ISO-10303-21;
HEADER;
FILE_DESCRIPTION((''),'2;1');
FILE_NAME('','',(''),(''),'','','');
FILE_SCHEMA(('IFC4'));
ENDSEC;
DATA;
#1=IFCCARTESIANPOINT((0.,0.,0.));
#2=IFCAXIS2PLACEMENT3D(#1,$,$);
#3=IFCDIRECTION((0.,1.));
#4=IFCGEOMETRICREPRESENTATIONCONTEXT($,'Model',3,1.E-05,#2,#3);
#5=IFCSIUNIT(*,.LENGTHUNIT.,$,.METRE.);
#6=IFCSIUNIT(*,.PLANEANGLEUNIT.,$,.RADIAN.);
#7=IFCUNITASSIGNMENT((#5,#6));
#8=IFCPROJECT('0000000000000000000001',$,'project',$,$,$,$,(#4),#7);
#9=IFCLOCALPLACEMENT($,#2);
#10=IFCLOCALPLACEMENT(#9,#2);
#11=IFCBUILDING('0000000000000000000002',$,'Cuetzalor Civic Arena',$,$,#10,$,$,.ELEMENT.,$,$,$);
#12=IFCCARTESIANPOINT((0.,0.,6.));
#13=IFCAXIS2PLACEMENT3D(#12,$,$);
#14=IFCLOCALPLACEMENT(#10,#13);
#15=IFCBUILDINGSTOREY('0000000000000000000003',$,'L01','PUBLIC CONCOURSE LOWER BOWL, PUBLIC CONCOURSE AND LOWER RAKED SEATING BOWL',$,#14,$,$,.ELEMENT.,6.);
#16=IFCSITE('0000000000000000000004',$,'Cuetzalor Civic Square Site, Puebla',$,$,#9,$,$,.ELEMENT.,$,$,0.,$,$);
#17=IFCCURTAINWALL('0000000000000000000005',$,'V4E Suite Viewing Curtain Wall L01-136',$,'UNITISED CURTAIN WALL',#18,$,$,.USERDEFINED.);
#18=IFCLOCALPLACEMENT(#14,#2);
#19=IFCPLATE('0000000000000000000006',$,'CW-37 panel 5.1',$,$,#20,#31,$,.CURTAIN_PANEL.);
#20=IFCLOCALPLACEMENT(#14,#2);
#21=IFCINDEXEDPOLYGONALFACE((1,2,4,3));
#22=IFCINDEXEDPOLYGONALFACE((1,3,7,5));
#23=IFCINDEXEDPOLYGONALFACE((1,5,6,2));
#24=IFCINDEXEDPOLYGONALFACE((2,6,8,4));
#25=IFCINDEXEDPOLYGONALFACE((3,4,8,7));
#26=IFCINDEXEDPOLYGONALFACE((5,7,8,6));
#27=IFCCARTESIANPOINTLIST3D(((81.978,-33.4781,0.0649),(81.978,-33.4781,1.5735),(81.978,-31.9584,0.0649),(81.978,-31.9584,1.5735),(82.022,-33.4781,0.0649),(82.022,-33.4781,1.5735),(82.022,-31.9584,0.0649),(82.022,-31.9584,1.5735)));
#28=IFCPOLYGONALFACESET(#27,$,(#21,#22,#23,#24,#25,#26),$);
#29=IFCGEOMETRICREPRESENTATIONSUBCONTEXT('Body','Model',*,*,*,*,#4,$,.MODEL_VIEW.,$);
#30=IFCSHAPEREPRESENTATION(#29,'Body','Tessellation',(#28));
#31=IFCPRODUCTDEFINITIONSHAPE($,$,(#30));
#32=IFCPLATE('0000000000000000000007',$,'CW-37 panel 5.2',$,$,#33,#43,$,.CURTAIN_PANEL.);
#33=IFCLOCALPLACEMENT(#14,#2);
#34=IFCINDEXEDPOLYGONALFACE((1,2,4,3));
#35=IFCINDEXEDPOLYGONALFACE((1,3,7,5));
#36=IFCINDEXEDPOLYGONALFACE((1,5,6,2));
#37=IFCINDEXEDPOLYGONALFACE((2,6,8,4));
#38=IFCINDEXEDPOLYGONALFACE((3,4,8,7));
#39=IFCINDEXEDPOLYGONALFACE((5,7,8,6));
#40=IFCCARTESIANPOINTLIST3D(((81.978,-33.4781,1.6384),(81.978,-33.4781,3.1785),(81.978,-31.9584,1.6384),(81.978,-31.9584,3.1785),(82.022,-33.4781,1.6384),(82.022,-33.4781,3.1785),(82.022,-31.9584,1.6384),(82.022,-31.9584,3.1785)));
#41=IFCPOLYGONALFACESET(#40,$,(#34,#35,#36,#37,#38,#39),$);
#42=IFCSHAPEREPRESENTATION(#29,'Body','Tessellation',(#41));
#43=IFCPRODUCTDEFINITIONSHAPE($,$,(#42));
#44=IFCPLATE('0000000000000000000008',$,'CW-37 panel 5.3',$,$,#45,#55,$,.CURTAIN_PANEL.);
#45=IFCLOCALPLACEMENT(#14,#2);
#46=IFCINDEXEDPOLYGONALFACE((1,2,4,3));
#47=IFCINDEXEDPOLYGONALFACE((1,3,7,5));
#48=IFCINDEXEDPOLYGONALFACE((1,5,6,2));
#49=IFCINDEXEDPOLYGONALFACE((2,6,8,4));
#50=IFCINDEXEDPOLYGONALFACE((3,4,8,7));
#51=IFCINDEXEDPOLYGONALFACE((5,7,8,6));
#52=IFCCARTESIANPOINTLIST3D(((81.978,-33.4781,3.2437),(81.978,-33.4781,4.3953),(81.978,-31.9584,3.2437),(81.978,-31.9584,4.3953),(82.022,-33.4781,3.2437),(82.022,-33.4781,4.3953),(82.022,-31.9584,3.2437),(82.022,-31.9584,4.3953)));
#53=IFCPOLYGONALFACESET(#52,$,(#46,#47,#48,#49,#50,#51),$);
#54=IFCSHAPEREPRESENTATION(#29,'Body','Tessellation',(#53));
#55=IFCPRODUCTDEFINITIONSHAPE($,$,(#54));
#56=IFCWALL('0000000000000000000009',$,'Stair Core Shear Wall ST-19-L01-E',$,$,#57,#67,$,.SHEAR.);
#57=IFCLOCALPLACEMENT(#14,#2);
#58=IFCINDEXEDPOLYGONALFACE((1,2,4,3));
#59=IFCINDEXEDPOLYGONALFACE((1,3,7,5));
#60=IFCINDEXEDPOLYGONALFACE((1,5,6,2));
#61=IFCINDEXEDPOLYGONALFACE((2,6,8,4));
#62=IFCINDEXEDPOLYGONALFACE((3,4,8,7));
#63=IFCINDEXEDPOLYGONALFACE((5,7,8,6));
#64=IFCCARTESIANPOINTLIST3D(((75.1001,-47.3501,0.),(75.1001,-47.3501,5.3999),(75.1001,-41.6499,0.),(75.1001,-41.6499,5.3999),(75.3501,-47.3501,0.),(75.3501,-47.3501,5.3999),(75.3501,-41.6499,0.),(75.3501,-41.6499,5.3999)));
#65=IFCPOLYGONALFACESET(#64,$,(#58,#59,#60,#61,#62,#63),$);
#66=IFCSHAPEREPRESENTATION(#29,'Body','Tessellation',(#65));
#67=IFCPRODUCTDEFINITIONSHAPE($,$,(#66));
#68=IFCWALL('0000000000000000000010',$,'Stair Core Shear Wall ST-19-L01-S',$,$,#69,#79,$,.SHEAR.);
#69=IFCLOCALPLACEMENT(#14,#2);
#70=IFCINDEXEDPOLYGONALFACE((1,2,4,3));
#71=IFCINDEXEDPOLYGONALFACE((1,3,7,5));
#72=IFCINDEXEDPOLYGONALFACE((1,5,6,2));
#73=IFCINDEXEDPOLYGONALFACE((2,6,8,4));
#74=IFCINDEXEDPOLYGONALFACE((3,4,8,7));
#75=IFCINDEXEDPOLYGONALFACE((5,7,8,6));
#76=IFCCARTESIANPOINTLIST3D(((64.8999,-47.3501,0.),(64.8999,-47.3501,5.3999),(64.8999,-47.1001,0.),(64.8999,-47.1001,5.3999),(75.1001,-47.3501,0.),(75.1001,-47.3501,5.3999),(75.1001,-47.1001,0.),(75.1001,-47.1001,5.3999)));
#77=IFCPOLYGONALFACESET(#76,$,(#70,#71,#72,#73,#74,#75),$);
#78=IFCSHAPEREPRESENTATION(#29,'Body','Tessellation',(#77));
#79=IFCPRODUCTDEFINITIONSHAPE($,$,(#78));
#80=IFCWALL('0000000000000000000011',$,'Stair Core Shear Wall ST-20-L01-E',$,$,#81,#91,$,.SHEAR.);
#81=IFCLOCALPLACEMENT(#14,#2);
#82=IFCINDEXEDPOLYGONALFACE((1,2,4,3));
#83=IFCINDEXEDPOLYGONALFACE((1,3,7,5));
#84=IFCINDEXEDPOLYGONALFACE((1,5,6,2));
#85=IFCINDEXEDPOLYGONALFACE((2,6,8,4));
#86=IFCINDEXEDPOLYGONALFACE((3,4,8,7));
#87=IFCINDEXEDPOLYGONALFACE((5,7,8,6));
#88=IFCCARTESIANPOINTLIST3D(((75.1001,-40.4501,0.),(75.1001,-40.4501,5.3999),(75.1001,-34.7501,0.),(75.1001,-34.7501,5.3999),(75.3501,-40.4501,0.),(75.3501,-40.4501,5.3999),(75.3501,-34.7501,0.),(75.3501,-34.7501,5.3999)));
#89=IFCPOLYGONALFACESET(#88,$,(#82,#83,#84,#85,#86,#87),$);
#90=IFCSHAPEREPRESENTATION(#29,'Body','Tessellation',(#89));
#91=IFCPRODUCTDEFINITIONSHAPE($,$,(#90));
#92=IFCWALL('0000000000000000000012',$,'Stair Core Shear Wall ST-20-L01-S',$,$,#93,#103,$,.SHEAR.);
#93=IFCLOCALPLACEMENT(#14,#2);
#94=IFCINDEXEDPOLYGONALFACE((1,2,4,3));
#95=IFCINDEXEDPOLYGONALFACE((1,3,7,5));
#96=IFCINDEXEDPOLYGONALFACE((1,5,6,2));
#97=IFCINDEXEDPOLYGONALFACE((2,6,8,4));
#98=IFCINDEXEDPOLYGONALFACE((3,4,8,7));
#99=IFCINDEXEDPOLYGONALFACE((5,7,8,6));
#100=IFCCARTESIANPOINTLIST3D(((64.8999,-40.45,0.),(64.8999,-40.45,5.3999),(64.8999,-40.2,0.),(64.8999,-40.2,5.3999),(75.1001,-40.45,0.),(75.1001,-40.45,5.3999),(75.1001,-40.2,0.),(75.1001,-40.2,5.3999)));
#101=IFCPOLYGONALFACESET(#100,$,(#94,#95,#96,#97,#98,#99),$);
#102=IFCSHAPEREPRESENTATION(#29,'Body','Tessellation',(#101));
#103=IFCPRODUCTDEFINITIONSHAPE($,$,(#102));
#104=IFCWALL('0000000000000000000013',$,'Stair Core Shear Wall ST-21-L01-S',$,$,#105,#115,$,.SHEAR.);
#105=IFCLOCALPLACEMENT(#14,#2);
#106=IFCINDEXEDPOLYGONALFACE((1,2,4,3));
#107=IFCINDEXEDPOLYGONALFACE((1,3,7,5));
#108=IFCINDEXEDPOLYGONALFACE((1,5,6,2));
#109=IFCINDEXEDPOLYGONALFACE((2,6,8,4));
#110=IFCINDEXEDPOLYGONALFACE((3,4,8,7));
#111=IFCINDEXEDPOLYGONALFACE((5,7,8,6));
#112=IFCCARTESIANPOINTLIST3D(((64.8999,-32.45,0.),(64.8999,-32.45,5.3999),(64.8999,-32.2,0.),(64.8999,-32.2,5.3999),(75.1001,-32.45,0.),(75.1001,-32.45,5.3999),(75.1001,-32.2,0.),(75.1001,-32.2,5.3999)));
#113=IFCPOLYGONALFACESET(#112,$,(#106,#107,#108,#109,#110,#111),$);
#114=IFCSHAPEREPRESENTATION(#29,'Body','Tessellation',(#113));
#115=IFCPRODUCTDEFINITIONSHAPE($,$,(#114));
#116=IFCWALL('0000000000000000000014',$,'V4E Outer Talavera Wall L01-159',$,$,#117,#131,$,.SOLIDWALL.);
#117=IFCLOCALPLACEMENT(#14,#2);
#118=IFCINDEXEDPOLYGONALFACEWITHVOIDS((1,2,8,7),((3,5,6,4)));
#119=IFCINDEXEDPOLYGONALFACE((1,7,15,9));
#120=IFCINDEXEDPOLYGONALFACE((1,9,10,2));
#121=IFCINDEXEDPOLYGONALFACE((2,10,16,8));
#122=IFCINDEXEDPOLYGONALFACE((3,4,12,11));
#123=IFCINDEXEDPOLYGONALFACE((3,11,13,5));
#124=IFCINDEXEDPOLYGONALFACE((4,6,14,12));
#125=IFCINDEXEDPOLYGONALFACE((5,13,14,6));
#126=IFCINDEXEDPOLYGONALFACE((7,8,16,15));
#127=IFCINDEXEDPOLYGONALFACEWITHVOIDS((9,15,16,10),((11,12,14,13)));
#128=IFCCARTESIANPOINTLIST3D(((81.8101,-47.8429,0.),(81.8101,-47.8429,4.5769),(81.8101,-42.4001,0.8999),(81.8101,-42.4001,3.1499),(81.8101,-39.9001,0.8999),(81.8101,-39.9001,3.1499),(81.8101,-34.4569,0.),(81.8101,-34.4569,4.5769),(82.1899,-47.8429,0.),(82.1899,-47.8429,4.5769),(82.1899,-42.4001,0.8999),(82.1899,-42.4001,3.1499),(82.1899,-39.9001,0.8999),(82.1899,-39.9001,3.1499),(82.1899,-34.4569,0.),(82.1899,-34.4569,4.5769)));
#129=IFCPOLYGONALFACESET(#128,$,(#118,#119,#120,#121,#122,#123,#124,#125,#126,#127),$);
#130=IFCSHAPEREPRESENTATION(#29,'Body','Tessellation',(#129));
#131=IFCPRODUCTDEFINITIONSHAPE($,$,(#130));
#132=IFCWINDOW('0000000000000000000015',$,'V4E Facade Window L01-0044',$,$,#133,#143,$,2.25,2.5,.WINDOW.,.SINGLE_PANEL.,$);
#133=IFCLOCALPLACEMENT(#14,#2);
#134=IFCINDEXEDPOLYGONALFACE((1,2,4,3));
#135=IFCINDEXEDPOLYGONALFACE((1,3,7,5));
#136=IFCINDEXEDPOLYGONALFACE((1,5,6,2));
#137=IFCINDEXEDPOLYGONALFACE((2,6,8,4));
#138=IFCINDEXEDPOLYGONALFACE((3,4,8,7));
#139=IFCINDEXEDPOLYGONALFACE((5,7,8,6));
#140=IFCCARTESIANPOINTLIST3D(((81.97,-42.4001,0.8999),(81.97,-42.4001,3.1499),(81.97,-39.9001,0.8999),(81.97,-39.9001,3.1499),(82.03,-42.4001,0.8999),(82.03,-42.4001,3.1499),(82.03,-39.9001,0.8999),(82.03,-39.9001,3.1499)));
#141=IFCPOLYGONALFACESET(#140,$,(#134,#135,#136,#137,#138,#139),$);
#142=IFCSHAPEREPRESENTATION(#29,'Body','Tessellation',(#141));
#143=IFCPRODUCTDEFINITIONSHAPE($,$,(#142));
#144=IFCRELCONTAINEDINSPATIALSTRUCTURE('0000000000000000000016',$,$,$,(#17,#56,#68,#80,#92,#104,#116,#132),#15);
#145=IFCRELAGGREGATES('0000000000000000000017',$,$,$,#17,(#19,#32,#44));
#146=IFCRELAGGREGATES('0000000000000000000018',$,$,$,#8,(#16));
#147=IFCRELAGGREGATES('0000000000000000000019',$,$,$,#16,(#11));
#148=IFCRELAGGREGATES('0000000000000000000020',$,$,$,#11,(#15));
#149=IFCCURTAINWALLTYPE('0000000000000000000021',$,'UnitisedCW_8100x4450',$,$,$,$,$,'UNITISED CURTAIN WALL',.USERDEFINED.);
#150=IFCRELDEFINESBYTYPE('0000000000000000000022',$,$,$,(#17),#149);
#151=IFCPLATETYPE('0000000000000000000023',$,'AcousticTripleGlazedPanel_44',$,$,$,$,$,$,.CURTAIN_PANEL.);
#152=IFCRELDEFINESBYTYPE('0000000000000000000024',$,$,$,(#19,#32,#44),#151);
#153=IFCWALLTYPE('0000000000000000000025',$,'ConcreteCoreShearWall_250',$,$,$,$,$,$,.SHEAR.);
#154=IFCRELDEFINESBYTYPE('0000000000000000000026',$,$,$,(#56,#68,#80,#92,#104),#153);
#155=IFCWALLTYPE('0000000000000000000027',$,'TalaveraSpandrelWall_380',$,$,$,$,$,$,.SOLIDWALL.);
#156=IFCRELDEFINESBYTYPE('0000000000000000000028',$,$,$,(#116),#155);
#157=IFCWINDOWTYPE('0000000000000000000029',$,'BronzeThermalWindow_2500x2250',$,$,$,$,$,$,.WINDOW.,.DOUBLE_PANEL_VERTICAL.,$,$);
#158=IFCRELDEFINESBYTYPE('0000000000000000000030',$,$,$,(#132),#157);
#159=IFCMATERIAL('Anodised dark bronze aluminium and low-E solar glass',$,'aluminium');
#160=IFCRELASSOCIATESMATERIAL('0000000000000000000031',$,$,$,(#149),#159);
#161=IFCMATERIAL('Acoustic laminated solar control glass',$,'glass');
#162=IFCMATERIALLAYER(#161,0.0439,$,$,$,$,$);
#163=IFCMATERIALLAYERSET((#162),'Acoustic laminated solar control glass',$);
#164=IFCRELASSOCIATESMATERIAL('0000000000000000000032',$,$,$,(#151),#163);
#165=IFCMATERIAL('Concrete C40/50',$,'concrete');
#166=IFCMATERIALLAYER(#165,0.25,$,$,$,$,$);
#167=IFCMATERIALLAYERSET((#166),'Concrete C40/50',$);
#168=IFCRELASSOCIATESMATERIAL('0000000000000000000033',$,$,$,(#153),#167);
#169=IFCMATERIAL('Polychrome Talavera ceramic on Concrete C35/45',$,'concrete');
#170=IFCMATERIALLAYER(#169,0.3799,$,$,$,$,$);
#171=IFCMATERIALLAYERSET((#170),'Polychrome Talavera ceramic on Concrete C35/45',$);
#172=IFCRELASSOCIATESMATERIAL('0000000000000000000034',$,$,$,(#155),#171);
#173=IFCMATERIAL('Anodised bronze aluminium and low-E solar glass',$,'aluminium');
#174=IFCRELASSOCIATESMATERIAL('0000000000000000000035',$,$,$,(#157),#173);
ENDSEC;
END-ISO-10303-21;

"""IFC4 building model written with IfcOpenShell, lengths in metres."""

from ifc_helpers import new_model, si_unit, direction, frame, frame_2d, origin, origin_2d, place, context, subcontext, project, spatial, rectangle, extrude, material, layer, layer_set, type_object, element, fill, aggregate, save


model = new_model("IFC4")

# Units and contexts
model_context = context("Model", 3, precision=1e-05, world=origin(), true_north=direction((0.0, 1.0)))
body_context = subcontext(model_context, "Body", "Model", "MODEL_VIEW")
ifc_project = project(units=[si_unit("LENGTHUNIT", "METRE"), si_unit("PLANEANGLEUNIT", "RADIAN")], contexts=[model_context])

# Site, building, storey
site_placement = place(None, origin())
site = spatial("IfcSite", under=ifc_project, at=site_placement, Name="Cuetzalor Civic Square Site, Puebla", CompositionType="ELEMENT", RefElevation=0.0)
building_placement = place(site_placement, origin())
building = spatial("IfcBuilding", under=site, at=building_placement, Name="Cuetzalor Civic Arena", CompositionType="ELEMENT")
storey_placement = place(building_placement, frame((0.0, 0.0, 6.0)))
storey = spatial("IfcBuildingStorey", under=building, at=storey_placement, Name="L01", Description="PUBLIC CONCOURSE LOWER BOWL, PUBLIC CONCOURSE AND LOWER RAKED SEATING BOWL", CompositionType="ELEMENT", Elevation=6.0)

# Curtain wall
ifc_material_1 = material(Name="Anodised dark bronze aluminium and low-E solar glass", Category="aluminium")
curtain_wall_type = type_object("IfcCurtainWallType", Name="UnitisedCW_8100x4450", ElementType="UNITISED CURTAIN WALL", PredefinedType="USERDEFINED", material=ifc_material_1)
curtain_wall_placement = place(storey_placement, origin())
curtain_wall = element("IfcCurtainWall", 1, at=curtain_wall_placement, inside=storey, type_object=curtain_wall_type, Name="V4E Suite Viewing Curtain Wall L01-136", ObjectType="UNITISED CURTAIN WALL", PredefinedType="USERDEFINED")

# Plates
ifc_material_2 = material(Name="Acoustic laminated solar control glass", Category="glass")
ifc_layer_1 = layer(ifc_material_2, 0.0439)
ifc_layer_set_1 = layer_set([ifc_layer_1], Name="Acoustic laminated solar control glass")
plate_type = type_object("IfcPlateType", Name="AcousticTripleGlazedPanel_44", PredefinedType="CURTAIN_PANEL", material=ifc_layer_set_1)
plate_1_placement = place(storey_placement, frame((82.0, -32.7183, 0.0649), z_axis=(0.0, 0.0, 1.0), x_axis=(0.0, -1.0, 0.0)))
plate_1 = element("IfcPlate", 2, at=plate_1_placement, type_object=plate_type, Name="CW-37 panel 5.1", PredefinedType="CURTAIN_PANEL", context=body_context, shape_type="SweptSolid", body=[
    extrude(rectangle(XDim=1.5198, YDim=0.0439, at=origin_2d()), origin(), (0.0, 0.0, 1.0), 1.5085),
])
plate_2_placement = place(storey_placement, frame((82.0, -32.7183, 1.6384), z_axis=(0.0, 0.0, 1.0), x_axis=(0.0, -1.0, 0.0)))
plate_2 = element("IfcPlate", 3, at=plate_2_placement, type_object=plate_type, Name="CW-37 panel 5.2", PredefinedType="CURTAIN_PANEL", context=body_context, shape_type="SweptSolid", body=[
    extrude(rectangle(XDim=1.5198, YDim=0.0439, at=origin_2d()), origin(), (0.0, 0.0, 1.0), 1.54),
])
plate_3_placement = place(storey_placement, frame((82.0, -32.7183, 3.2437), z_axis=(0.0, 0.0, 1.0), x_axis=(0.0, -1.0, 0.0)))
plate_3 = element("IfcPlate", 4, at=plate_3_placement, type_object=plate_type, Name="CW-37 panel 5.3", PredefinedType="CURTAIN_PANEL", context=body_context, shape_type="SweptSolid", body=[
    extrude(rectangle(XDim=1.5198, YDim=0.0439, at=origin_2d()), origin(), (0.0, 0.0, 1.0), 1.1516),
])
aggregate(curtain_wall, [plate_1, plate_2, plate_3])

# Walls
ifc_material_3 = material(Name="Concrete C40/50", Category="concrete")
ifc_layer_2 = layer(ifc_material_3, 0.25)
ifc_layer_set_2 = layer_set([ifc_layer_2], Name="Concrete C40/50")
wall_type_1 = type_object("IfcWallType", Name="ConcreteCoreShearWall_250", PredefinedType="SHEAR", material=ifc_layer_set_2)
wall_1_placement = place(storey_placement, frame((75.2251, -41.6499, 0.0), z_axis=(0.0, 0.0, 1.0), x_axis=(0.0, -1.0, 0.0)))
element("IfcWall", 5, at=wall_1_placement, inside=storey, type_object=wall_type_1, Name="Stair Core Shear Wall ST-19-L01-E", PredefinedType="SHEAR", context=body_context, shape_type="SweptSolid", body=[
    extrude(rectangle(XDim=5.7002, YDim=0.25, at=frame_2d((2.8501, 0.0))), origin(), (0.0, 0.0, 1.0), 5.3999),
])
wall_2_placement = place(storey_placement, frame((75.1001, -47.2251, 0.0), z_axis=(0.0, 0.0, 1.0), x_axis=(-1.0, 0.0, 0.0)))
element("IfcWall", 6, at=wall_2_placement, inside=storey, type_object=wall_type_1, Name="Stair Core Shear Wall ST-19-L01-S", PredefinedType="SHEAR", context=body_context, shape_type="SweptSolid", body=[
    extrude(rectangle(XDim=10.2002, YDim=0.25, at=frame_2d((5.1001, 0.0))), origin(), (0.0, 0.0, 1.0), 5.3999),
])
wall_3_placement = place(storey_placement, frame((75.2251, -34.75, 0.0), z_axis=(0.0, 0.0, 1.0), x_axis=(0.0, -1.0, 0.0)))
element("IfcWall", 7, at=wall_3_placement, inside=storey, type_object=wall_type_1, Name="Stair Core Shear Wall ST-20-L01-E", PredefinedType="SHEAR", context=body_context, shape_type="SweptSolid", body=[
    extrude(rectangle(XDim=5.7, YDim=0.25, at=frame_2d((2.8501, 0.0))), origin(), (0.0, 0.0, 1.0), 5.3999),
])
for number, where, z_axis, x_axis, name in (
    (8, (75.1001, -40.325, 0.0), (0.0, 0.0, 1.0), (-1.0, 0.0, 0.0), "Stair Core Shear Wall ST-20-L01-S"),
    (9, (75.1001, -32.325, 0.0), (0.0, 0.0, 1.0), (-1.0, 0.0, 0.0), "Stair Core Shear Wall ST-21-L01-S"),
):
    element("IfcWall", number, at=place(storey_placement, frame(where, z_axis=z_axis, x_axis=x_axis)), inside=storey, type_object=wall_type_1, Name=name, PredefinedType="SHEAR", context=body_context, shape_type="SweptSolid", body=[
        extrude(rectangle(XDim=10.2002, YDim=0.25, at=frame_2d((5.1001, 0.0))), origin(), (0.0, 0.0, 1.0), 5.3999),
    ])

# Wall, opening, window
ifc_material_4 = material(Name="Polychrome Talavera ceramic on Concrete C35/45", Category="concrete")
ifc_layer_3 = layer(ifc_material_4, 0.3799)
ifc_layer_set_3 = layer_set([ifc_layer_3], Name="Polychrome Talavera ceramic on Concrete C35/45")
wall_type_2 = type_object("IfcWallType", Name="TalaveraSpandrelWall_380", PredefinedType="SOLIDWALL", material=ifc_layer_set_3)
wall_4_placement = place(storey_placement, frame((82.0, -34.457, 0.0), z_axis=(0.0, 0.0, 1.0), x_axis=(0.0, -1.0, 0.0)))
wall_4 = element("IfcWall", 10, at=wall_4_placement, inside=storey, type_object=wall_type_2, Name="V4E Outer Talavera Wall L01-159", PredefinedType="SOLIDWALL", context=body_context, shape_type="SweptSolid", body=[
    extrude(rectangle(XDim=13.386, YDim=0.3799, at=frame_2d((6.6929, 0.0))), origin(), (0.0, 0.0, 1.0), 4.5769),
])
opening_placement = place(wall_4_placement, frame((5.4431, 0.0, 0.8999)))
opening = element("IfcOpeningElement", 11, at=opening_placement, cuts=wall_4, PredefinedType="OPENING", context=body_context, shape_type="SweptSolid", body=[
    extrude(rectangle(XDim=2.5, YDim=2.25, at=frame_2d((1.25, 1.125))), frame((0.0, 0.2, 0.0), z_axis=(0.0, -1.0, 0.0), x_axis=(1.0, 0.0, 0.0)), (0.0, 0.0, 1.0), 0.3999),
])
ifc_material_5 = material(Name="Anodised bronze aluminium and low-E solar glass", Category="aluminium")
window_type = type_object("IfcWindowType", Name="BronzeThermalWindow_2500x2250", PartitioningType="DOUBLE_PANEL_VERTICAL", PredefinedType="WINDOW", material=ifc_material_5)
window_placement = place(opening_placement, origin())
window = element("IfcWindow", 12, at=window_placement, inside=storey, type_object=window_type, Name="V4E Facade Window L01-0044", OverallHeight=2.25, OverallWidth=2.5, PartitioningType="SINGLE_PANEL", PredefinedType="WINDOW", context=body_context, shape_type="SweptSolid", body=[
    extrude(rectangle(XDim=2.5, YDim=2.25, at=frame_2d((1.25, 1.125))), frame((0.0, 0.03, 0.0), z_axis=(0.0, -1.0, 0.0), x_axis=(1.0, 0.0, 0.0)), (0.0, 0.0, 1.0), 0.0601),
])
fill(opening, window)

save(model, "model.ifc")
